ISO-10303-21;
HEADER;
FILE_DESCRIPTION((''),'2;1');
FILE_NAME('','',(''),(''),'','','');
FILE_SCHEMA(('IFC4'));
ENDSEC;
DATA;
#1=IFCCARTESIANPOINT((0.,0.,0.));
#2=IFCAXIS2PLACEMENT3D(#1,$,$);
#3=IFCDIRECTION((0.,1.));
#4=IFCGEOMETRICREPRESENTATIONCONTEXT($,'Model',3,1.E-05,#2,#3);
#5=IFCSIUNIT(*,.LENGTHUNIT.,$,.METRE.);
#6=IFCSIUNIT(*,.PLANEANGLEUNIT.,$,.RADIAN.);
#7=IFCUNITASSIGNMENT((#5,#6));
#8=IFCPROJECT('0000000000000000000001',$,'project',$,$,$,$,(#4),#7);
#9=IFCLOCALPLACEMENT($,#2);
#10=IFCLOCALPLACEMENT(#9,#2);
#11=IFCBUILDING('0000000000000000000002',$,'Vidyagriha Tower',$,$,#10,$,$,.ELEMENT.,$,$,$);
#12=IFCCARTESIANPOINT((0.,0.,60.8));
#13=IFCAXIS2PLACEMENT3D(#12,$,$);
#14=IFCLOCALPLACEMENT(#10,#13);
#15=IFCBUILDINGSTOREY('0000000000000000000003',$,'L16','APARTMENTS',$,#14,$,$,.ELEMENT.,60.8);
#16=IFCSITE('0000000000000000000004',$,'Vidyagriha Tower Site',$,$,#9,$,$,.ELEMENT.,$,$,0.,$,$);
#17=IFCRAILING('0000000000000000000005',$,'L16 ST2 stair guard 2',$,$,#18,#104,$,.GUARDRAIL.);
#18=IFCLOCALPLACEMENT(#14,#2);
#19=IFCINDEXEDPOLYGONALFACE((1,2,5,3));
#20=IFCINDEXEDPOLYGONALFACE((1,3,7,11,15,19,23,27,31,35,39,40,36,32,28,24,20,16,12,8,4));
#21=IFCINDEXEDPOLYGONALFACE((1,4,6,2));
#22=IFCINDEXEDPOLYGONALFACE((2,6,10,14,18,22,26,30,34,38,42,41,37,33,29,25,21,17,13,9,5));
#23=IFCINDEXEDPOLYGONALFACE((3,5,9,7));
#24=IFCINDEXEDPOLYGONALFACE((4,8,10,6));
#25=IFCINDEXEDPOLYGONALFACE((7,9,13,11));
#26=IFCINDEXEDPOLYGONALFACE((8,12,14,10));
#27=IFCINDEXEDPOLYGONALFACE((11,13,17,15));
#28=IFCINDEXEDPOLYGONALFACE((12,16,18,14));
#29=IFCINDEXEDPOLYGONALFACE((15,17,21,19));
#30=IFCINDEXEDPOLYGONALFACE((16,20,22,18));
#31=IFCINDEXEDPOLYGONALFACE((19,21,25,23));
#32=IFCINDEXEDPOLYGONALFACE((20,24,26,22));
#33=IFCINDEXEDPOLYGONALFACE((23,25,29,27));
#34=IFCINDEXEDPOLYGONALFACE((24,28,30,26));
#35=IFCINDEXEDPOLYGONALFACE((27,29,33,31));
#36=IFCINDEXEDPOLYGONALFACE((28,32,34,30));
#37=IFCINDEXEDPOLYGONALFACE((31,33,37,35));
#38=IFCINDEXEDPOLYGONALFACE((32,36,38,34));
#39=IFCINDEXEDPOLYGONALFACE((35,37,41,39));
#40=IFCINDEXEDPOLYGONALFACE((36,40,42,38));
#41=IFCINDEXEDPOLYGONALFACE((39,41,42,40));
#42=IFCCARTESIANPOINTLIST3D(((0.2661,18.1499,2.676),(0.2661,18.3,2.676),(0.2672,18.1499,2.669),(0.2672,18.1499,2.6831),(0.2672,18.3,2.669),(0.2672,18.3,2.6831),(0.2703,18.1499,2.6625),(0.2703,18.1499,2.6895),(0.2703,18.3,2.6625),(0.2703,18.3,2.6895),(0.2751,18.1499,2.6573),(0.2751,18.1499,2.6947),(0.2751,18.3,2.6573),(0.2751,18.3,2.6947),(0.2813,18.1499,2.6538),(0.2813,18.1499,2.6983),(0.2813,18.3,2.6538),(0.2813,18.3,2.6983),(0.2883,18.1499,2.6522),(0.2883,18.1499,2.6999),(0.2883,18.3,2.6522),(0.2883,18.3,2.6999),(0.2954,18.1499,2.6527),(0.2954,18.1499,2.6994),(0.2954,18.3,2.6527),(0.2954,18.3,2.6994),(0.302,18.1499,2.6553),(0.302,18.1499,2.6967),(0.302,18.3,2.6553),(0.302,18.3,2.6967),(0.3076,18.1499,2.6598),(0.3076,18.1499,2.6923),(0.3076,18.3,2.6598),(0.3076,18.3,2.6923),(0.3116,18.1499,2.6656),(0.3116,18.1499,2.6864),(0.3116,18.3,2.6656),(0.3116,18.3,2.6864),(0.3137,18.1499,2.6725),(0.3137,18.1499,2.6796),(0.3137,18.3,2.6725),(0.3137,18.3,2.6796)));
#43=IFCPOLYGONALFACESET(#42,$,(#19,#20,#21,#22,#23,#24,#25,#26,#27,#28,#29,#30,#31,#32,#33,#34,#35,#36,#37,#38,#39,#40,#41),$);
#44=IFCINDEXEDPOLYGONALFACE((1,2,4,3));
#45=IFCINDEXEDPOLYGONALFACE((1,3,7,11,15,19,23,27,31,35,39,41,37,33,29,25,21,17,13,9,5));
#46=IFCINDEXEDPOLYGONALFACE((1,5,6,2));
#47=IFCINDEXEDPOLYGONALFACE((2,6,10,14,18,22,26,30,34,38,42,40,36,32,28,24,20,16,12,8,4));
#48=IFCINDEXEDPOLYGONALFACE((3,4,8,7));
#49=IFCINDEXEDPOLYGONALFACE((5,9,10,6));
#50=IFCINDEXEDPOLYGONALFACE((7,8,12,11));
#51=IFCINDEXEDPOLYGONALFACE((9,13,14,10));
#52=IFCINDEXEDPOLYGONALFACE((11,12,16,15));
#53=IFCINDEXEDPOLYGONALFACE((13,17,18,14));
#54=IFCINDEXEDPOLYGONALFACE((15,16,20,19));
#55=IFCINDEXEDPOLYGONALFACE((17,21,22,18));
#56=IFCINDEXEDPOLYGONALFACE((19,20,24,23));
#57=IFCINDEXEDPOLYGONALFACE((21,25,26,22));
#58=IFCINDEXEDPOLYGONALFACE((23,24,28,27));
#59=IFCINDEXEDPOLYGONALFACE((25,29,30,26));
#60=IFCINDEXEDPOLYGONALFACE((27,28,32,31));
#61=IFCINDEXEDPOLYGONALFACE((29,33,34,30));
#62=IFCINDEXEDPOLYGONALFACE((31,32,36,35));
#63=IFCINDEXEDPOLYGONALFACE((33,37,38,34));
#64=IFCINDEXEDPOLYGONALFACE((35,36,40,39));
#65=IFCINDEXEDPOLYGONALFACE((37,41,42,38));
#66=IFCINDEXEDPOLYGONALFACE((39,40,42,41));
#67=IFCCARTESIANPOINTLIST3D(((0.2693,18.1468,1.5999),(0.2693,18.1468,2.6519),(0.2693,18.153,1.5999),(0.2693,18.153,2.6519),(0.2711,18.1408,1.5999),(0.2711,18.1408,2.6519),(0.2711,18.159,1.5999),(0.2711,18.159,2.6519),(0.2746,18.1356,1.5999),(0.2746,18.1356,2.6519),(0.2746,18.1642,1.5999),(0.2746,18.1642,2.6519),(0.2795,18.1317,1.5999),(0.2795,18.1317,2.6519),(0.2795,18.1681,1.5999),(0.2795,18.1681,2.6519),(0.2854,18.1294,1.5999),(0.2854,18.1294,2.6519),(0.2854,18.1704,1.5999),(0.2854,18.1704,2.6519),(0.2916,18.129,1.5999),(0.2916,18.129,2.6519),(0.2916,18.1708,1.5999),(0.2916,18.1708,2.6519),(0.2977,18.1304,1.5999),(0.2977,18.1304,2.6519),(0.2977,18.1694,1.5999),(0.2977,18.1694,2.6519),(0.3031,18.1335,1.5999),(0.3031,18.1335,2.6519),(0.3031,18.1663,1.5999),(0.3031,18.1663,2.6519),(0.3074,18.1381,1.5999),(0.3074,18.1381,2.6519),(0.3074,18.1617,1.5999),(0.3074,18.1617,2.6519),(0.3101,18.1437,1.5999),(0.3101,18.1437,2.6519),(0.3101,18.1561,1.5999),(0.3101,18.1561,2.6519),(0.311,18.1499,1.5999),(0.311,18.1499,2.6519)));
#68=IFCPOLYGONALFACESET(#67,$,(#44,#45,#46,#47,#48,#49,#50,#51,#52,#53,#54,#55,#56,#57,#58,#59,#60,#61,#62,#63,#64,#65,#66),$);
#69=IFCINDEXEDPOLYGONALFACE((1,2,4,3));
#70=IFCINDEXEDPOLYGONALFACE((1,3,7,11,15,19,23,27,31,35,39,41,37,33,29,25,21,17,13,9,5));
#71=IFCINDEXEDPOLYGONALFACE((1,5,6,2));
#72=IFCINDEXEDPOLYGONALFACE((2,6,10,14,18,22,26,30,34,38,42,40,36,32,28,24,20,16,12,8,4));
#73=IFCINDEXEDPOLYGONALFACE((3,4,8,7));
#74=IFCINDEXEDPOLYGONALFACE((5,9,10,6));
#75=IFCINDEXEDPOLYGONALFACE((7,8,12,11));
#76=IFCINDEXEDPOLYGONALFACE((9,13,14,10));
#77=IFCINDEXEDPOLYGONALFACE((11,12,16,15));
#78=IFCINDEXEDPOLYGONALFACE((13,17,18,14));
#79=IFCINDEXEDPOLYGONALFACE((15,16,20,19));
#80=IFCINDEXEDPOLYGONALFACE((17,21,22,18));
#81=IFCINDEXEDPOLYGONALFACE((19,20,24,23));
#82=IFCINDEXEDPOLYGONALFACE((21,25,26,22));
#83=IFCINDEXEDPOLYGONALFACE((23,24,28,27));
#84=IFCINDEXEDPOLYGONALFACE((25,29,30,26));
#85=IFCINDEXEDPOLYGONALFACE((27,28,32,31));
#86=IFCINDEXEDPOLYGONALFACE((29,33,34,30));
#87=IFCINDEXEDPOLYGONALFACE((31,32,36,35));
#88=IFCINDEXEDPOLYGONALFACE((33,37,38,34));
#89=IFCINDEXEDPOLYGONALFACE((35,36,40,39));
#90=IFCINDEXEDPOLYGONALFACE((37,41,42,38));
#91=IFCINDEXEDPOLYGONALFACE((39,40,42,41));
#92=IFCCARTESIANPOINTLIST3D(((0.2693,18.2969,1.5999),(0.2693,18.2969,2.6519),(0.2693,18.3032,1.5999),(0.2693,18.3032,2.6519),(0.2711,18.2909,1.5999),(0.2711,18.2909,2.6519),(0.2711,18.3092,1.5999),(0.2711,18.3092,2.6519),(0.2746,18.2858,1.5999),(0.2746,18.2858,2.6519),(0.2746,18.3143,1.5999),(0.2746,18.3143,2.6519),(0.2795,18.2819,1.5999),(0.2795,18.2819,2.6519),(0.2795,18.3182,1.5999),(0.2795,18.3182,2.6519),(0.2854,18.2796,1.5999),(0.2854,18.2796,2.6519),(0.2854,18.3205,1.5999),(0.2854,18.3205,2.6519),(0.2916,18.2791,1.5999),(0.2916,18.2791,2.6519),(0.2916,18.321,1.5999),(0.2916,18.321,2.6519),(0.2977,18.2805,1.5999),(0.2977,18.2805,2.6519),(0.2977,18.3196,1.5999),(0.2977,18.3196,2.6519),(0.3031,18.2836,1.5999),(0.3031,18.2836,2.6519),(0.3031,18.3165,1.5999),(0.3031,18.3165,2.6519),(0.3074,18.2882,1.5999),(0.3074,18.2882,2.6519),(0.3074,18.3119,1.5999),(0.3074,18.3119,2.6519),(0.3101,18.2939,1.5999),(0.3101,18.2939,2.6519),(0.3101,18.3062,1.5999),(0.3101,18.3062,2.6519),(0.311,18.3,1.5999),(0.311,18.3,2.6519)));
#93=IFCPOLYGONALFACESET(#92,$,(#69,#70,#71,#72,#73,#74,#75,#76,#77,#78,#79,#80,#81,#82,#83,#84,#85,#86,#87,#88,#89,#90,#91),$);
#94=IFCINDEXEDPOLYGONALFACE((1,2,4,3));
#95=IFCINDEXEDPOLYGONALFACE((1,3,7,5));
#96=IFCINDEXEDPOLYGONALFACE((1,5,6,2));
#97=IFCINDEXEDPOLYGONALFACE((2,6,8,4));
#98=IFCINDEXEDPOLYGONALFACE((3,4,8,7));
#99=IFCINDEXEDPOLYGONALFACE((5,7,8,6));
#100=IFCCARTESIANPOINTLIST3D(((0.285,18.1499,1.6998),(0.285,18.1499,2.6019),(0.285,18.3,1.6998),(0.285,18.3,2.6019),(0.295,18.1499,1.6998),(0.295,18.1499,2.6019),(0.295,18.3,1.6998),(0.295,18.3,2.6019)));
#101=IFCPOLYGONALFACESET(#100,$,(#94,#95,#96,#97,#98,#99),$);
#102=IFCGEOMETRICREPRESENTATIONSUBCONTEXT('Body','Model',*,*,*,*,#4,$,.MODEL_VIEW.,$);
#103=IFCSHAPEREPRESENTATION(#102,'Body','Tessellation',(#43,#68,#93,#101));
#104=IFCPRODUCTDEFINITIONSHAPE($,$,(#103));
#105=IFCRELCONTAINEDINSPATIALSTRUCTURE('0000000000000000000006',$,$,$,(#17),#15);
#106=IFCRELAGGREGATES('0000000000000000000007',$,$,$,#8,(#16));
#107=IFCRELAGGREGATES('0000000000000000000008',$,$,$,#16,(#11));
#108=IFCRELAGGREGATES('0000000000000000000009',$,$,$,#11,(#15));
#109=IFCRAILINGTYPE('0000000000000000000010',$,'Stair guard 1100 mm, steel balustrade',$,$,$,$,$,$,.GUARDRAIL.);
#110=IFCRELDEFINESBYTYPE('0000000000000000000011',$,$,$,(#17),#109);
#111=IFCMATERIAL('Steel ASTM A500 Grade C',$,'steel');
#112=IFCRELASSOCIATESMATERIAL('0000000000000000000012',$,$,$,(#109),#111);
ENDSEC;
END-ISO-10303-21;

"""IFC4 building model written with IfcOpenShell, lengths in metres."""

from ifc_helpers import new_model, si_unit, direction, frame, origin, origin_2d, place, context, subcontext, project, spatial, rectangle, circle, extrude, material, type_object, element, save


model = new_model("IFC4")

# Units and contexts
model_context = context("Model", 3, precision=1e-05, world=origin(), true_north=direction((0.0, 1.0)))
body_context = subcontext(model_context, "Body", "Model", "MODEL_VIEW")
ifc_project = project(units=[si_unit("LENGTHUNIT", "METRE"), si_unit("PLANEANGLEUNIT", "RADIAN")], contexts=[model_context])

# Site, building, storey
site_placement = place(None, origin())
site = spatial("IfcSite", under=ifc_project, at=site_placement, Name="Vidyagriha Tower Site", CompositionType="ELEMENT", RefElevation=0.0)
building_placement = place(site_placement, origin())
building = spatial("IfcBuilding", under=site, at=building_placement, Name="Vidyagriha Tower", CompositionType="ELEMENT")
storey_placement = place(building_placement, frame((0.0, 0.0, 60.8)))
storey = spatial("IfcBuildingStorey", under=building, at=storey_placement, Name="L16", Description="APARTMENTS", CompositionType="ELEMENT", Elevation=60.8)

# Railing
ifc_material_1 = material(Name="Steel ASTM A500 Grade C", Category="steel")
railing_type_1 = type_object("IfcRailingType", Name="Stair guard 1100 mm, steel balustrade", PredefinedType="GUARDRAIL", material=ifc_material_1)
railing_1_placement = place(storey_placement, frame((0.29, 18.1499, 1.5999)))
element("IfcRailing", 1, at=railing_1_placement, inside=storey, type_object=railing_type_1, Name="L16 ST2 stair guard 2", PredefinedType="GUARDRAIL", context=body_context, shape_type="SweptSolid", body=[
    extrude(circle(Radius=0.0239, at=origin_2d()), frame((0.0, 0.0, 1.0762), z_axis=(0.0, 1.0, 0.0), x_axis=(-1.0, 0.0, 0.0)), (0.0, 0.0, 1.0), 0.1501),
    extrude(circle(Radius=0.021, at=origin_2d()), origin(), (0.0, 0.0, 1.0), 1.052),
    extrude(circle(Radius=0.021, at=origin_2d()), frame((0.0, 0.1501, 0.0)), (0.0, 0.0, 1.0), 1.052),
    extrude(rectangle(XDim=0.01, YDim=0.9021, at=origin_2d()), frame((0.0, 0.0, 0.551), z_axis=(0.0, 1.0, 0.0), x_axis=(-1.0, 0.0, 0.0)), (0.0, 0.0, 1.0), 0.1501),
])

save(model, "model.ifc")
